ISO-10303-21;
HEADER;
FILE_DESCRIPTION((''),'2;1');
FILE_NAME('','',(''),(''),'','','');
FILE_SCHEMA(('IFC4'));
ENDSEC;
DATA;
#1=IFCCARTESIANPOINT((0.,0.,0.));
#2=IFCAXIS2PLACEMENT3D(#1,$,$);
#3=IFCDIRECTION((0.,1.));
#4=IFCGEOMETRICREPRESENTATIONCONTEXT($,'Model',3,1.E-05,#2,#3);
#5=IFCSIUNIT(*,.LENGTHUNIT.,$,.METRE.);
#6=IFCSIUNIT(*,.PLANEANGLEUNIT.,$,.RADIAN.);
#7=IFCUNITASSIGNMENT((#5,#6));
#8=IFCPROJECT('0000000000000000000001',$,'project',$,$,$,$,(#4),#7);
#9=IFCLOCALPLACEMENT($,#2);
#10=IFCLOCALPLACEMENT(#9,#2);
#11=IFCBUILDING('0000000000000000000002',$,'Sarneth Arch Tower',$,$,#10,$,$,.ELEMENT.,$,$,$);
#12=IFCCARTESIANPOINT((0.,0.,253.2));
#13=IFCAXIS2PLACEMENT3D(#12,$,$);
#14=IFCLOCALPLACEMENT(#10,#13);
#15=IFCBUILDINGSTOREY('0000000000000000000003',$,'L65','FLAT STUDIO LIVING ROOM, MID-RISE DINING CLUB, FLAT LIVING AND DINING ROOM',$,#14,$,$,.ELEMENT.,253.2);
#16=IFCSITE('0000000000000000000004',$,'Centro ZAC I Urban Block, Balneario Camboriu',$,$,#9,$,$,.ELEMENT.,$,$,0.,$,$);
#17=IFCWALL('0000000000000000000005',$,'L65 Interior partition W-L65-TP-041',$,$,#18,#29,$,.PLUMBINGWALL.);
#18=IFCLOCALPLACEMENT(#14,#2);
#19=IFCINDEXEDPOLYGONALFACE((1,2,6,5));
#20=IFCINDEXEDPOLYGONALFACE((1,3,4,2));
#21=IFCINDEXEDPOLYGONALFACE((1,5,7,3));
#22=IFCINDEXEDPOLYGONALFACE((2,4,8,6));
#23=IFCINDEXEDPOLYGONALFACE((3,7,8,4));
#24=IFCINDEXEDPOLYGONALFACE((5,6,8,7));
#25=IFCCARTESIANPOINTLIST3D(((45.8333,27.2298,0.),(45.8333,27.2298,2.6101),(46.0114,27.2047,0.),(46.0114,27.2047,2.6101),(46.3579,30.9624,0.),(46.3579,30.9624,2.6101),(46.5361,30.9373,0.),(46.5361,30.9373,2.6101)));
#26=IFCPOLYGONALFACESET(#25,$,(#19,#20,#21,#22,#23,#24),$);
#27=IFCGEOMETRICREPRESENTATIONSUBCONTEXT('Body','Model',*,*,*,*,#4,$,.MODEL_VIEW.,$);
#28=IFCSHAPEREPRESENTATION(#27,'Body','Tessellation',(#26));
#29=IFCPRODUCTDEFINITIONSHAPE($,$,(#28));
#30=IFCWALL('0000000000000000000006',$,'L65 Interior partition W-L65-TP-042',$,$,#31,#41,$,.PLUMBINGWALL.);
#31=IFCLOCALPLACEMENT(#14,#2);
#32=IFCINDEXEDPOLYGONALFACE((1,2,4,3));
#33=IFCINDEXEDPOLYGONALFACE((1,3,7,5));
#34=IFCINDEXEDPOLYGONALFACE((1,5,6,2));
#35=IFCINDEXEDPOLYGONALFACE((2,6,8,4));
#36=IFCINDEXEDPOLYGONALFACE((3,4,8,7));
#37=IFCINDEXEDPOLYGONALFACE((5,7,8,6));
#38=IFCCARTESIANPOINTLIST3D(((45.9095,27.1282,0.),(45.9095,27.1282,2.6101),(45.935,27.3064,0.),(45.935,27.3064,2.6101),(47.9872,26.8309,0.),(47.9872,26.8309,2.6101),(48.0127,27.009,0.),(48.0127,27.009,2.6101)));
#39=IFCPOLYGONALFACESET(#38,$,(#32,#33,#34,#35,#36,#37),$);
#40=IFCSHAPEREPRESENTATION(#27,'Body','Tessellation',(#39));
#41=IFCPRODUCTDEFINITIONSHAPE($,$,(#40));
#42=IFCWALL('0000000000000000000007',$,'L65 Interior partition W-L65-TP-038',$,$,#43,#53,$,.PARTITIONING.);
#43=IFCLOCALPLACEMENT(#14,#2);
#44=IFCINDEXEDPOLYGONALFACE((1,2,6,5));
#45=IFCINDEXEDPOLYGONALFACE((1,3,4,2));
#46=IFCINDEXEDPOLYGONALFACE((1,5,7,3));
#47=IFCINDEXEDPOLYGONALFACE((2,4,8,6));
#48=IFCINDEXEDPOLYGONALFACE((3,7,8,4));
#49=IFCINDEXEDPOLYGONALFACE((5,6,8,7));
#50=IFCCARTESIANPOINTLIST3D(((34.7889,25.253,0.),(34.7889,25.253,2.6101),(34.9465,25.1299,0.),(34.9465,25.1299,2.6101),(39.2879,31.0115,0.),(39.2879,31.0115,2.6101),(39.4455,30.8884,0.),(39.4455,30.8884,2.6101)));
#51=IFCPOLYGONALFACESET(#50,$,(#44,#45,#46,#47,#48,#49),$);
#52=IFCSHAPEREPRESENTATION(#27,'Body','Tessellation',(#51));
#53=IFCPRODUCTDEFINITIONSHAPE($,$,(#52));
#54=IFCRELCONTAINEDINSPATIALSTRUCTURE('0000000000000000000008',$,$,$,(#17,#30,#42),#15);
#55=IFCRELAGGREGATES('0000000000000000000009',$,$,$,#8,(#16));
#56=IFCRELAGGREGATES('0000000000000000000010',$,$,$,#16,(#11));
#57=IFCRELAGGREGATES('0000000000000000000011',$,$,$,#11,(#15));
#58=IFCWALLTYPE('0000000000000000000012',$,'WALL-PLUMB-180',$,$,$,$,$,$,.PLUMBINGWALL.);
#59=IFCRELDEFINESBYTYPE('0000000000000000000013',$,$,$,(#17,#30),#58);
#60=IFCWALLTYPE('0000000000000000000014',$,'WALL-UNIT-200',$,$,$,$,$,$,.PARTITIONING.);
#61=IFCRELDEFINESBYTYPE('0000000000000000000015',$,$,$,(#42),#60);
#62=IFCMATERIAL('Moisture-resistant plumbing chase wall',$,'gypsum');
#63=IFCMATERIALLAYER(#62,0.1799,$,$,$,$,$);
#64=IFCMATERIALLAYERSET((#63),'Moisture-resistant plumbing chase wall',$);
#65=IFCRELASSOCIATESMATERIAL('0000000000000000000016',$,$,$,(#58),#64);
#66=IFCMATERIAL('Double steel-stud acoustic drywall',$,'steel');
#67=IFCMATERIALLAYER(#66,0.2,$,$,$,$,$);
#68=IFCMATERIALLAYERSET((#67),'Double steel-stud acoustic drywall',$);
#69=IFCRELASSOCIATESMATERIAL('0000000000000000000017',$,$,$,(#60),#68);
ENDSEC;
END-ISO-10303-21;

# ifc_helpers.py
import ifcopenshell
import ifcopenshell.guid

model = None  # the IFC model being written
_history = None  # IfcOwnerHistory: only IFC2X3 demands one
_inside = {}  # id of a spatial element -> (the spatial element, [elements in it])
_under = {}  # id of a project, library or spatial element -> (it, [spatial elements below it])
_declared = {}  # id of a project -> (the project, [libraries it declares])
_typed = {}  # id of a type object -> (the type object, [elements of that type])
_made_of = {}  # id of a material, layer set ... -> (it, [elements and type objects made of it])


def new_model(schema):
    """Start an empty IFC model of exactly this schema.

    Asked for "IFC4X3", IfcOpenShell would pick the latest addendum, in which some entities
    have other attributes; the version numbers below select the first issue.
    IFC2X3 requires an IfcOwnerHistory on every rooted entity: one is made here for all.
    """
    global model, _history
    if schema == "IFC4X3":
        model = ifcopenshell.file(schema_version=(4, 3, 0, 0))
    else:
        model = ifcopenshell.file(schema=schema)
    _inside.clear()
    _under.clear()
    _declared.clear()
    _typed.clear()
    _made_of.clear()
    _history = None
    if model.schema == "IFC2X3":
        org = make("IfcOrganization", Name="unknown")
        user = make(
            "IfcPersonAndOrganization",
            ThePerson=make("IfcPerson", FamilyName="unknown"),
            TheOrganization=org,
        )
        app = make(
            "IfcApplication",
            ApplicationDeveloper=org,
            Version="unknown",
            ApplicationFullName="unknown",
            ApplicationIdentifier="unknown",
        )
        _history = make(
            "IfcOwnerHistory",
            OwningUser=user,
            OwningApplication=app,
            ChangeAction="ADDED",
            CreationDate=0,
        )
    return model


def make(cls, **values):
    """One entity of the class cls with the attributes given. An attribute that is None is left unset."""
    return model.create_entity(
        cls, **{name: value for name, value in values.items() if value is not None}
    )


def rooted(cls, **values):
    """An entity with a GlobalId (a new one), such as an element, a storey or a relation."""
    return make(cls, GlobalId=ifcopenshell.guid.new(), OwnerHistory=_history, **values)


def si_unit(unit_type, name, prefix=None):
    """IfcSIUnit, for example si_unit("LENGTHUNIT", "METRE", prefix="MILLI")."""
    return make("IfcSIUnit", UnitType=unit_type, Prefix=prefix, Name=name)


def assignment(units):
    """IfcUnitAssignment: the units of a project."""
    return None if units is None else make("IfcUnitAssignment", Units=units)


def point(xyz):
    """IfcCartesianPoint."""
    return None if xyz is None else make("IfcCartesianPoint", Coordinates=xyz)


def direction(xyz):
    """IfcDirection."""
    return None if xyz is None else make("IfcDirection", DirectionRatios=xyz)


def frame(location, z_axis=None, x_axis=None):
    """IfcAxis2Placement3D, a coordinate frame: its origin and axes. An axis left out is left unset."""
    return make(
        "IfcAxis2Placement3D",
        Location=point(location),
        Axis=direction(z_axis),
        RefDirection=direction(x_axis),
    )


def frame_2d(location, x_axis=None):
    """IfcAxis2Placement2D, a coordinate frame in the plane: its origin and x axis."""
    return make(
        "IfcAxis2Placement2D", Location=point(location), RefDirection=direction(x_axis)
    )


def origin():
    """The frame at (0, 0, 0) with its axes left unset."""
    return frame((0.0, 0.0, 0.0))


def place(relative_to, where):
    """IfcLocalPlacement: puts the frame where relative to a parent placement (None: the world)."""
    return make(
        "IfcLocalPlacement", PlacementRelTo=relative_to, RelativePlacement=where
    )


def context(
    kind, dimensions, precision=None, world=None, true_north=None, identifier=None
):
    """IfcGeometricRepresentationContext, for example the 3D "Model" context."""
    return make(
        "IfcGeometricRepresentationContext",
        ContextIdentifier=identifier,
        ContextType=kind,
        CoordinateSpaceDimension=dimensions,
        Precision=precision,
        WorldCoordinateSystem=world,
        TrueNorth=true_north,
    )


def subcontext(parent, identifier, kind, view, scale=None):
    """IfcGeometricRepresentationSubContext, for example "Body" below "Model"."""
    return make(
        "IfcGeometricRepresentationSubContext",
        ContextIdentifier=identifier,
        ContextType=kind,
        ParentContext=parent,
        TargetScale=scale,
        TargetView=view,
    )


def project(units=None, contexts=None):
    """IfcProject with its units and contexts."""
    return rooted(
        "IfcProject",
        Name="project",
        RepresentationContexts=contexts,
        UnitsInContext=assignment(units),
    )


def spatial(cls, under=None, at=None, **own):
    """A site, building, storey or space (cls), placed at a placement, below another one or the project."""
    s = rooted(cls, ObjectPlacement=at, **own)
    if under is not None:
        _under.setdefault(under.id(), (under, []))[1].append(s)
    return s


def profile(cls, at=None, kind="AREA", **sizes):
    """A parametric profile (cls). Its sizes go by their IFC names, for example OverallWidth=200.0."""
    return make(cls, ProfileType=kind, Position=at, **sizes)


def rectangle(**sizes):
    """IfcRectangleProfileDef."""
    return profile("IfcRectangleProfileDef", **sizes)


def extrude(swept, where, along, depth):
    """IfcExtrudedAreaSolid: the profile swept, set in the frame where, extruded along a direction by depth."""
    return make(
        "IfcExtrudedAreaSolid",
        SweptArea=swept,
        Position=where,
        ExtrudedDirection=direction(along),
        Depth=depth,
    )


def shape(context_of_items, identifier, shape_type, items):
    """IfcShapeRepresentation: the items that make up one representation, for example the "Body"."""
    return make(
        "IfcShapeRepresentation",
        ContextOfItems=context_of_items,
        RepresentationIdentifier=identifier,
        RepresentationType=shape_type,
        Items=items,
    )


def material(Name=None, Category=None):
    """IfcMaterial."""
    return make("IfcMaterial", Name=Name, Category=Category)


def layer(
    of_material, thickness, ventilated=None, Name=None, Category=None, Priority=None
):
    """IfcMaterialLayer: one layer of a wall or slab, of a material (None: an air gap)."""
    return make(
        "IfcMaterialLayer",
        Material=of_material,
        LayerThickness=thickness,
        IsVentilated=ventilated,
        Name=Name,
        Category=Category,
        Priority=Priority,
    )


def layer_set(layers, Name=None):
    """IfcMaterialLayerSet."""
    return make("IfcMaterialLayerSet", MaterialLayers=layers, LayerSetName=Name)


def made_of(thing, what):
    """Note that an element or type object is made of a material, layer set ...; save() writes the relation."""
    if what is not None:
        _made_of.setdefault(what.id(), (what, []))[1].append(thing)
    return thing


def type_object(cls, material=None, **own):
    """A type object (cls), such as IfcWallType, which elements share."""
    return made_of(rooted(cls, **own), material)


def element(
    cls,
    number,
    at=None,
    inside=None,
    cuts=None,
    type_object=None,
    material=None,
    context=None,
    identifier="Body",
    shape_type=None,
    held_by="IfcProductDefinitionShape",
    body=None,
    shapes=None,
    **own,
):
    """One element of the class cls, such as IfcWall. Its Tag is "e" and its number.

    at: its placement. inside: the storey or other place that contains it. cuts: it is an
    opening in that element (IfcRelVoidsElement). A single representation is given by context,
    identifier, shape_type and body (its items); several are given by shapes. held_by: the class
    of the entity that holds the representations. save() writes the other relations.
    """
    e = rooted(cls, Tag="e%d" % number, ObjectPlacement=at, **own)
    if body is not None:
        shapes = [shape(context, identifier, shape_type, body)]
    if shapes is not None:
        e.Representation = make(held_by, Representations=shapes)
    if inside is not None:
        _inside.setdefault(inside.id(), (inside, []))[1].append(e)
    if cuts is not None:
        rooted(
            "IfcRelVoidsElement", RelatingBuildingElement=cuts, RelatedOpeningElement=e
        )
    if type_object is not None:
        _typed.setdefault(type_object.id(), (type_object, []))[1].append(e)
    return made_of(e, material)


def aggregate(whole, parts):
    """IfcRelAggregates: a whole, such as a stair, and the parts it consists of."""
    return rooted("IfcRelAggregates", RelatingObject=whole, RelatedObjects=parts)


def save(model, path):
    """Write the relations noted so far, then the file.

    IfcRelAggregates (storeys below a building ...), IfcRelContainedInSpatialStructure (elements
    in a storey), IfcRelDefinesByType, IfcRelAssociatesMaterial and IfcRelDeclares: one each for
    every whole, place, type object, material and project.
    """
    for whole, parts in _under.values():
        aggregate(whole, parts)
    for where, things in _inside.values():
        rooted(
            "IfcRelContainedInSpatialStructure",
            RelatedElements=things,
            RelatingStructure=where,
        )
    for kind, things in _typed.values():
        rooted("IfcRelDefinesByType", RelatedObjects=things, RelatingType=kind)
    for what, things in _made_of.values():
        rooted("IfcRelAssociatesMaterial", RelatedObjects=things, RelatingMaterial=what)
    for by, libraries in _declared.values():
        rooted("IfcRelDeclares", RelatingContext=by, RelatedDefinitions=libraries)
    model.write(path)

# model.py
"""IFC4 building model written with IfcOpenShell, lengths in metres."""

from ifc_helpers import new_model, si_unit, direction, frame, frame_2d, origin, place, context, subcontext, project, spatial, rectangle, extrude, material, layer, layer_set, type_object, element, save


model = new_model("IFC4")

# Units and contexts
model_context = context("Model", 3, precision=1e-05, world=origin(), true_north=direction((0.0, 1.0)))
body_context = subcontext(model_context, "Body", "Model", "MODEL_VIEW")
ifc_project = project(units=[si_unit("LENGTHUNIT", "METRE"), si_unit("PLANEANGLEUNIT", "RADIAN")], contexts=[model_context])

# Site, building, storey
site_placement = place(None, origin())
site = spatial("IfcSite", under=ifc_project, at=site_placement, Name="Centro ZAC I Urban Block, Balneario Camboriu", CompositionType="ELEMENT", RefElevation=0.0)
building_placement = place(site_placement, origin())
building = spatial("IfcBuilding", under=site, at=building_placement, Name="Sarneth Arch Tower", CompositionType="ELEMENT")
storey_placement = place(building_placement, frame((0.0, 0.0, 253.2)))
storey = spatial("IfcBuildingStorey", under=building, at=storey_placement, Name="L65", Description="FLAT STUDIO LIVING ROOM, MID-RISE DINING CLUB, FLAT LIVING AND DINING ROOM", CompositionType="ELEMENT", Elevation=253.2)

# Walls
ifc_material_1 = material(Name="Moisture-resistant plumbing chase wall", Category="gypsum")
ifc_layer_1 = layer(ifc_material_1, 0.1799)
ifc_layer_set_1 = layer_set([ifc_layer_1], Name="Moisture-resistant plumbing chase wall")
wall_type_1 = type_object("IfcWallType", Name="WALL-PLUMB-180", PredefinedType="PLUMBINGWALL", material=ifc_layer_set_1)
wall_1_placement = place(storey_placement, frame((46.447, 30.95, 0.0), z_axis=(0.0, 0.0, 1.0), x_axis=(-0.13919, -0.990266, 0.0)))
element("IfcWall", 1, at=wall_1_placement, inside=storey, type_object=wall_type_1, Name="L65 Interior partition W-L65-TP-041", PredefinedType="PLUMBINGWALL", context=body_context, shape_type="SweptSolid", body=[
    extrude(rectangle(XDim=3.7693, YDim=0.1799, at=frame_2d((1.8848, 0.0))), origin(), (0.0, 0.0, 1.0), 2.6101),
])
wall_2_placement = place(storey_placement, frame((45.9224, 27.2173, 0.0), z_axis=(0.0, 0.0, 1.0), x_axis=(0.989912, -0.141682, 0.0)))
element("IfcWall", 2, at=wall_2_placement, inside=storey, type_object=wall_type_1, Name="L65 Interior partition W-L65-TP-042", PredefinedType="PLUMBINGWALL", context=body_context, shape_type="SweptSolid", body=[
    extrude(rectangle(XDim=2.0989, YDim=0.1799, at=frame_2d((1.0493, 0.0))), origin(), (0.0, 0.0, 1.0), 2.6101),
])
ifc_material_2 = material(Name="Double steel-stud acoustic drywall", Category="steel")
ifc_layer_2 = layer(ifc_material_2, 0.2)
ifc_layer_set_2 = layer_set([ifc_layer_2], Name="Double steel-stud acoustic drywall")
wall_type_2 = type_object("IfcWallType", Name="WALL-UNIT-200", PredefinedType="PARTITIONING", material=ifc_layer_set_2)
wall_3_placement = place(storey_placement, frame((39.3667, 30.95, 0.0), z_axis=(0.0, 0.0, 1.0), x_axis=(-0.615658, -0.788014, 0.0)))
element("IfcWall", 3, at=wall_3_placement, inside=storey, type_object=wall_type_2, Name="L65 Interior partition W-L65-TP-038", PredefinedType="PARTITIONING", context=body_context, shape_type="SweptSolid", body=[
    extrude(rectangle(XDim=7.3076, YDim=0.2, at=frame_2d((3.6538, 0.0))), origin(), (0.0, 0.0, 1.0), 2.6101),
])

save(model, "model.ifc")
